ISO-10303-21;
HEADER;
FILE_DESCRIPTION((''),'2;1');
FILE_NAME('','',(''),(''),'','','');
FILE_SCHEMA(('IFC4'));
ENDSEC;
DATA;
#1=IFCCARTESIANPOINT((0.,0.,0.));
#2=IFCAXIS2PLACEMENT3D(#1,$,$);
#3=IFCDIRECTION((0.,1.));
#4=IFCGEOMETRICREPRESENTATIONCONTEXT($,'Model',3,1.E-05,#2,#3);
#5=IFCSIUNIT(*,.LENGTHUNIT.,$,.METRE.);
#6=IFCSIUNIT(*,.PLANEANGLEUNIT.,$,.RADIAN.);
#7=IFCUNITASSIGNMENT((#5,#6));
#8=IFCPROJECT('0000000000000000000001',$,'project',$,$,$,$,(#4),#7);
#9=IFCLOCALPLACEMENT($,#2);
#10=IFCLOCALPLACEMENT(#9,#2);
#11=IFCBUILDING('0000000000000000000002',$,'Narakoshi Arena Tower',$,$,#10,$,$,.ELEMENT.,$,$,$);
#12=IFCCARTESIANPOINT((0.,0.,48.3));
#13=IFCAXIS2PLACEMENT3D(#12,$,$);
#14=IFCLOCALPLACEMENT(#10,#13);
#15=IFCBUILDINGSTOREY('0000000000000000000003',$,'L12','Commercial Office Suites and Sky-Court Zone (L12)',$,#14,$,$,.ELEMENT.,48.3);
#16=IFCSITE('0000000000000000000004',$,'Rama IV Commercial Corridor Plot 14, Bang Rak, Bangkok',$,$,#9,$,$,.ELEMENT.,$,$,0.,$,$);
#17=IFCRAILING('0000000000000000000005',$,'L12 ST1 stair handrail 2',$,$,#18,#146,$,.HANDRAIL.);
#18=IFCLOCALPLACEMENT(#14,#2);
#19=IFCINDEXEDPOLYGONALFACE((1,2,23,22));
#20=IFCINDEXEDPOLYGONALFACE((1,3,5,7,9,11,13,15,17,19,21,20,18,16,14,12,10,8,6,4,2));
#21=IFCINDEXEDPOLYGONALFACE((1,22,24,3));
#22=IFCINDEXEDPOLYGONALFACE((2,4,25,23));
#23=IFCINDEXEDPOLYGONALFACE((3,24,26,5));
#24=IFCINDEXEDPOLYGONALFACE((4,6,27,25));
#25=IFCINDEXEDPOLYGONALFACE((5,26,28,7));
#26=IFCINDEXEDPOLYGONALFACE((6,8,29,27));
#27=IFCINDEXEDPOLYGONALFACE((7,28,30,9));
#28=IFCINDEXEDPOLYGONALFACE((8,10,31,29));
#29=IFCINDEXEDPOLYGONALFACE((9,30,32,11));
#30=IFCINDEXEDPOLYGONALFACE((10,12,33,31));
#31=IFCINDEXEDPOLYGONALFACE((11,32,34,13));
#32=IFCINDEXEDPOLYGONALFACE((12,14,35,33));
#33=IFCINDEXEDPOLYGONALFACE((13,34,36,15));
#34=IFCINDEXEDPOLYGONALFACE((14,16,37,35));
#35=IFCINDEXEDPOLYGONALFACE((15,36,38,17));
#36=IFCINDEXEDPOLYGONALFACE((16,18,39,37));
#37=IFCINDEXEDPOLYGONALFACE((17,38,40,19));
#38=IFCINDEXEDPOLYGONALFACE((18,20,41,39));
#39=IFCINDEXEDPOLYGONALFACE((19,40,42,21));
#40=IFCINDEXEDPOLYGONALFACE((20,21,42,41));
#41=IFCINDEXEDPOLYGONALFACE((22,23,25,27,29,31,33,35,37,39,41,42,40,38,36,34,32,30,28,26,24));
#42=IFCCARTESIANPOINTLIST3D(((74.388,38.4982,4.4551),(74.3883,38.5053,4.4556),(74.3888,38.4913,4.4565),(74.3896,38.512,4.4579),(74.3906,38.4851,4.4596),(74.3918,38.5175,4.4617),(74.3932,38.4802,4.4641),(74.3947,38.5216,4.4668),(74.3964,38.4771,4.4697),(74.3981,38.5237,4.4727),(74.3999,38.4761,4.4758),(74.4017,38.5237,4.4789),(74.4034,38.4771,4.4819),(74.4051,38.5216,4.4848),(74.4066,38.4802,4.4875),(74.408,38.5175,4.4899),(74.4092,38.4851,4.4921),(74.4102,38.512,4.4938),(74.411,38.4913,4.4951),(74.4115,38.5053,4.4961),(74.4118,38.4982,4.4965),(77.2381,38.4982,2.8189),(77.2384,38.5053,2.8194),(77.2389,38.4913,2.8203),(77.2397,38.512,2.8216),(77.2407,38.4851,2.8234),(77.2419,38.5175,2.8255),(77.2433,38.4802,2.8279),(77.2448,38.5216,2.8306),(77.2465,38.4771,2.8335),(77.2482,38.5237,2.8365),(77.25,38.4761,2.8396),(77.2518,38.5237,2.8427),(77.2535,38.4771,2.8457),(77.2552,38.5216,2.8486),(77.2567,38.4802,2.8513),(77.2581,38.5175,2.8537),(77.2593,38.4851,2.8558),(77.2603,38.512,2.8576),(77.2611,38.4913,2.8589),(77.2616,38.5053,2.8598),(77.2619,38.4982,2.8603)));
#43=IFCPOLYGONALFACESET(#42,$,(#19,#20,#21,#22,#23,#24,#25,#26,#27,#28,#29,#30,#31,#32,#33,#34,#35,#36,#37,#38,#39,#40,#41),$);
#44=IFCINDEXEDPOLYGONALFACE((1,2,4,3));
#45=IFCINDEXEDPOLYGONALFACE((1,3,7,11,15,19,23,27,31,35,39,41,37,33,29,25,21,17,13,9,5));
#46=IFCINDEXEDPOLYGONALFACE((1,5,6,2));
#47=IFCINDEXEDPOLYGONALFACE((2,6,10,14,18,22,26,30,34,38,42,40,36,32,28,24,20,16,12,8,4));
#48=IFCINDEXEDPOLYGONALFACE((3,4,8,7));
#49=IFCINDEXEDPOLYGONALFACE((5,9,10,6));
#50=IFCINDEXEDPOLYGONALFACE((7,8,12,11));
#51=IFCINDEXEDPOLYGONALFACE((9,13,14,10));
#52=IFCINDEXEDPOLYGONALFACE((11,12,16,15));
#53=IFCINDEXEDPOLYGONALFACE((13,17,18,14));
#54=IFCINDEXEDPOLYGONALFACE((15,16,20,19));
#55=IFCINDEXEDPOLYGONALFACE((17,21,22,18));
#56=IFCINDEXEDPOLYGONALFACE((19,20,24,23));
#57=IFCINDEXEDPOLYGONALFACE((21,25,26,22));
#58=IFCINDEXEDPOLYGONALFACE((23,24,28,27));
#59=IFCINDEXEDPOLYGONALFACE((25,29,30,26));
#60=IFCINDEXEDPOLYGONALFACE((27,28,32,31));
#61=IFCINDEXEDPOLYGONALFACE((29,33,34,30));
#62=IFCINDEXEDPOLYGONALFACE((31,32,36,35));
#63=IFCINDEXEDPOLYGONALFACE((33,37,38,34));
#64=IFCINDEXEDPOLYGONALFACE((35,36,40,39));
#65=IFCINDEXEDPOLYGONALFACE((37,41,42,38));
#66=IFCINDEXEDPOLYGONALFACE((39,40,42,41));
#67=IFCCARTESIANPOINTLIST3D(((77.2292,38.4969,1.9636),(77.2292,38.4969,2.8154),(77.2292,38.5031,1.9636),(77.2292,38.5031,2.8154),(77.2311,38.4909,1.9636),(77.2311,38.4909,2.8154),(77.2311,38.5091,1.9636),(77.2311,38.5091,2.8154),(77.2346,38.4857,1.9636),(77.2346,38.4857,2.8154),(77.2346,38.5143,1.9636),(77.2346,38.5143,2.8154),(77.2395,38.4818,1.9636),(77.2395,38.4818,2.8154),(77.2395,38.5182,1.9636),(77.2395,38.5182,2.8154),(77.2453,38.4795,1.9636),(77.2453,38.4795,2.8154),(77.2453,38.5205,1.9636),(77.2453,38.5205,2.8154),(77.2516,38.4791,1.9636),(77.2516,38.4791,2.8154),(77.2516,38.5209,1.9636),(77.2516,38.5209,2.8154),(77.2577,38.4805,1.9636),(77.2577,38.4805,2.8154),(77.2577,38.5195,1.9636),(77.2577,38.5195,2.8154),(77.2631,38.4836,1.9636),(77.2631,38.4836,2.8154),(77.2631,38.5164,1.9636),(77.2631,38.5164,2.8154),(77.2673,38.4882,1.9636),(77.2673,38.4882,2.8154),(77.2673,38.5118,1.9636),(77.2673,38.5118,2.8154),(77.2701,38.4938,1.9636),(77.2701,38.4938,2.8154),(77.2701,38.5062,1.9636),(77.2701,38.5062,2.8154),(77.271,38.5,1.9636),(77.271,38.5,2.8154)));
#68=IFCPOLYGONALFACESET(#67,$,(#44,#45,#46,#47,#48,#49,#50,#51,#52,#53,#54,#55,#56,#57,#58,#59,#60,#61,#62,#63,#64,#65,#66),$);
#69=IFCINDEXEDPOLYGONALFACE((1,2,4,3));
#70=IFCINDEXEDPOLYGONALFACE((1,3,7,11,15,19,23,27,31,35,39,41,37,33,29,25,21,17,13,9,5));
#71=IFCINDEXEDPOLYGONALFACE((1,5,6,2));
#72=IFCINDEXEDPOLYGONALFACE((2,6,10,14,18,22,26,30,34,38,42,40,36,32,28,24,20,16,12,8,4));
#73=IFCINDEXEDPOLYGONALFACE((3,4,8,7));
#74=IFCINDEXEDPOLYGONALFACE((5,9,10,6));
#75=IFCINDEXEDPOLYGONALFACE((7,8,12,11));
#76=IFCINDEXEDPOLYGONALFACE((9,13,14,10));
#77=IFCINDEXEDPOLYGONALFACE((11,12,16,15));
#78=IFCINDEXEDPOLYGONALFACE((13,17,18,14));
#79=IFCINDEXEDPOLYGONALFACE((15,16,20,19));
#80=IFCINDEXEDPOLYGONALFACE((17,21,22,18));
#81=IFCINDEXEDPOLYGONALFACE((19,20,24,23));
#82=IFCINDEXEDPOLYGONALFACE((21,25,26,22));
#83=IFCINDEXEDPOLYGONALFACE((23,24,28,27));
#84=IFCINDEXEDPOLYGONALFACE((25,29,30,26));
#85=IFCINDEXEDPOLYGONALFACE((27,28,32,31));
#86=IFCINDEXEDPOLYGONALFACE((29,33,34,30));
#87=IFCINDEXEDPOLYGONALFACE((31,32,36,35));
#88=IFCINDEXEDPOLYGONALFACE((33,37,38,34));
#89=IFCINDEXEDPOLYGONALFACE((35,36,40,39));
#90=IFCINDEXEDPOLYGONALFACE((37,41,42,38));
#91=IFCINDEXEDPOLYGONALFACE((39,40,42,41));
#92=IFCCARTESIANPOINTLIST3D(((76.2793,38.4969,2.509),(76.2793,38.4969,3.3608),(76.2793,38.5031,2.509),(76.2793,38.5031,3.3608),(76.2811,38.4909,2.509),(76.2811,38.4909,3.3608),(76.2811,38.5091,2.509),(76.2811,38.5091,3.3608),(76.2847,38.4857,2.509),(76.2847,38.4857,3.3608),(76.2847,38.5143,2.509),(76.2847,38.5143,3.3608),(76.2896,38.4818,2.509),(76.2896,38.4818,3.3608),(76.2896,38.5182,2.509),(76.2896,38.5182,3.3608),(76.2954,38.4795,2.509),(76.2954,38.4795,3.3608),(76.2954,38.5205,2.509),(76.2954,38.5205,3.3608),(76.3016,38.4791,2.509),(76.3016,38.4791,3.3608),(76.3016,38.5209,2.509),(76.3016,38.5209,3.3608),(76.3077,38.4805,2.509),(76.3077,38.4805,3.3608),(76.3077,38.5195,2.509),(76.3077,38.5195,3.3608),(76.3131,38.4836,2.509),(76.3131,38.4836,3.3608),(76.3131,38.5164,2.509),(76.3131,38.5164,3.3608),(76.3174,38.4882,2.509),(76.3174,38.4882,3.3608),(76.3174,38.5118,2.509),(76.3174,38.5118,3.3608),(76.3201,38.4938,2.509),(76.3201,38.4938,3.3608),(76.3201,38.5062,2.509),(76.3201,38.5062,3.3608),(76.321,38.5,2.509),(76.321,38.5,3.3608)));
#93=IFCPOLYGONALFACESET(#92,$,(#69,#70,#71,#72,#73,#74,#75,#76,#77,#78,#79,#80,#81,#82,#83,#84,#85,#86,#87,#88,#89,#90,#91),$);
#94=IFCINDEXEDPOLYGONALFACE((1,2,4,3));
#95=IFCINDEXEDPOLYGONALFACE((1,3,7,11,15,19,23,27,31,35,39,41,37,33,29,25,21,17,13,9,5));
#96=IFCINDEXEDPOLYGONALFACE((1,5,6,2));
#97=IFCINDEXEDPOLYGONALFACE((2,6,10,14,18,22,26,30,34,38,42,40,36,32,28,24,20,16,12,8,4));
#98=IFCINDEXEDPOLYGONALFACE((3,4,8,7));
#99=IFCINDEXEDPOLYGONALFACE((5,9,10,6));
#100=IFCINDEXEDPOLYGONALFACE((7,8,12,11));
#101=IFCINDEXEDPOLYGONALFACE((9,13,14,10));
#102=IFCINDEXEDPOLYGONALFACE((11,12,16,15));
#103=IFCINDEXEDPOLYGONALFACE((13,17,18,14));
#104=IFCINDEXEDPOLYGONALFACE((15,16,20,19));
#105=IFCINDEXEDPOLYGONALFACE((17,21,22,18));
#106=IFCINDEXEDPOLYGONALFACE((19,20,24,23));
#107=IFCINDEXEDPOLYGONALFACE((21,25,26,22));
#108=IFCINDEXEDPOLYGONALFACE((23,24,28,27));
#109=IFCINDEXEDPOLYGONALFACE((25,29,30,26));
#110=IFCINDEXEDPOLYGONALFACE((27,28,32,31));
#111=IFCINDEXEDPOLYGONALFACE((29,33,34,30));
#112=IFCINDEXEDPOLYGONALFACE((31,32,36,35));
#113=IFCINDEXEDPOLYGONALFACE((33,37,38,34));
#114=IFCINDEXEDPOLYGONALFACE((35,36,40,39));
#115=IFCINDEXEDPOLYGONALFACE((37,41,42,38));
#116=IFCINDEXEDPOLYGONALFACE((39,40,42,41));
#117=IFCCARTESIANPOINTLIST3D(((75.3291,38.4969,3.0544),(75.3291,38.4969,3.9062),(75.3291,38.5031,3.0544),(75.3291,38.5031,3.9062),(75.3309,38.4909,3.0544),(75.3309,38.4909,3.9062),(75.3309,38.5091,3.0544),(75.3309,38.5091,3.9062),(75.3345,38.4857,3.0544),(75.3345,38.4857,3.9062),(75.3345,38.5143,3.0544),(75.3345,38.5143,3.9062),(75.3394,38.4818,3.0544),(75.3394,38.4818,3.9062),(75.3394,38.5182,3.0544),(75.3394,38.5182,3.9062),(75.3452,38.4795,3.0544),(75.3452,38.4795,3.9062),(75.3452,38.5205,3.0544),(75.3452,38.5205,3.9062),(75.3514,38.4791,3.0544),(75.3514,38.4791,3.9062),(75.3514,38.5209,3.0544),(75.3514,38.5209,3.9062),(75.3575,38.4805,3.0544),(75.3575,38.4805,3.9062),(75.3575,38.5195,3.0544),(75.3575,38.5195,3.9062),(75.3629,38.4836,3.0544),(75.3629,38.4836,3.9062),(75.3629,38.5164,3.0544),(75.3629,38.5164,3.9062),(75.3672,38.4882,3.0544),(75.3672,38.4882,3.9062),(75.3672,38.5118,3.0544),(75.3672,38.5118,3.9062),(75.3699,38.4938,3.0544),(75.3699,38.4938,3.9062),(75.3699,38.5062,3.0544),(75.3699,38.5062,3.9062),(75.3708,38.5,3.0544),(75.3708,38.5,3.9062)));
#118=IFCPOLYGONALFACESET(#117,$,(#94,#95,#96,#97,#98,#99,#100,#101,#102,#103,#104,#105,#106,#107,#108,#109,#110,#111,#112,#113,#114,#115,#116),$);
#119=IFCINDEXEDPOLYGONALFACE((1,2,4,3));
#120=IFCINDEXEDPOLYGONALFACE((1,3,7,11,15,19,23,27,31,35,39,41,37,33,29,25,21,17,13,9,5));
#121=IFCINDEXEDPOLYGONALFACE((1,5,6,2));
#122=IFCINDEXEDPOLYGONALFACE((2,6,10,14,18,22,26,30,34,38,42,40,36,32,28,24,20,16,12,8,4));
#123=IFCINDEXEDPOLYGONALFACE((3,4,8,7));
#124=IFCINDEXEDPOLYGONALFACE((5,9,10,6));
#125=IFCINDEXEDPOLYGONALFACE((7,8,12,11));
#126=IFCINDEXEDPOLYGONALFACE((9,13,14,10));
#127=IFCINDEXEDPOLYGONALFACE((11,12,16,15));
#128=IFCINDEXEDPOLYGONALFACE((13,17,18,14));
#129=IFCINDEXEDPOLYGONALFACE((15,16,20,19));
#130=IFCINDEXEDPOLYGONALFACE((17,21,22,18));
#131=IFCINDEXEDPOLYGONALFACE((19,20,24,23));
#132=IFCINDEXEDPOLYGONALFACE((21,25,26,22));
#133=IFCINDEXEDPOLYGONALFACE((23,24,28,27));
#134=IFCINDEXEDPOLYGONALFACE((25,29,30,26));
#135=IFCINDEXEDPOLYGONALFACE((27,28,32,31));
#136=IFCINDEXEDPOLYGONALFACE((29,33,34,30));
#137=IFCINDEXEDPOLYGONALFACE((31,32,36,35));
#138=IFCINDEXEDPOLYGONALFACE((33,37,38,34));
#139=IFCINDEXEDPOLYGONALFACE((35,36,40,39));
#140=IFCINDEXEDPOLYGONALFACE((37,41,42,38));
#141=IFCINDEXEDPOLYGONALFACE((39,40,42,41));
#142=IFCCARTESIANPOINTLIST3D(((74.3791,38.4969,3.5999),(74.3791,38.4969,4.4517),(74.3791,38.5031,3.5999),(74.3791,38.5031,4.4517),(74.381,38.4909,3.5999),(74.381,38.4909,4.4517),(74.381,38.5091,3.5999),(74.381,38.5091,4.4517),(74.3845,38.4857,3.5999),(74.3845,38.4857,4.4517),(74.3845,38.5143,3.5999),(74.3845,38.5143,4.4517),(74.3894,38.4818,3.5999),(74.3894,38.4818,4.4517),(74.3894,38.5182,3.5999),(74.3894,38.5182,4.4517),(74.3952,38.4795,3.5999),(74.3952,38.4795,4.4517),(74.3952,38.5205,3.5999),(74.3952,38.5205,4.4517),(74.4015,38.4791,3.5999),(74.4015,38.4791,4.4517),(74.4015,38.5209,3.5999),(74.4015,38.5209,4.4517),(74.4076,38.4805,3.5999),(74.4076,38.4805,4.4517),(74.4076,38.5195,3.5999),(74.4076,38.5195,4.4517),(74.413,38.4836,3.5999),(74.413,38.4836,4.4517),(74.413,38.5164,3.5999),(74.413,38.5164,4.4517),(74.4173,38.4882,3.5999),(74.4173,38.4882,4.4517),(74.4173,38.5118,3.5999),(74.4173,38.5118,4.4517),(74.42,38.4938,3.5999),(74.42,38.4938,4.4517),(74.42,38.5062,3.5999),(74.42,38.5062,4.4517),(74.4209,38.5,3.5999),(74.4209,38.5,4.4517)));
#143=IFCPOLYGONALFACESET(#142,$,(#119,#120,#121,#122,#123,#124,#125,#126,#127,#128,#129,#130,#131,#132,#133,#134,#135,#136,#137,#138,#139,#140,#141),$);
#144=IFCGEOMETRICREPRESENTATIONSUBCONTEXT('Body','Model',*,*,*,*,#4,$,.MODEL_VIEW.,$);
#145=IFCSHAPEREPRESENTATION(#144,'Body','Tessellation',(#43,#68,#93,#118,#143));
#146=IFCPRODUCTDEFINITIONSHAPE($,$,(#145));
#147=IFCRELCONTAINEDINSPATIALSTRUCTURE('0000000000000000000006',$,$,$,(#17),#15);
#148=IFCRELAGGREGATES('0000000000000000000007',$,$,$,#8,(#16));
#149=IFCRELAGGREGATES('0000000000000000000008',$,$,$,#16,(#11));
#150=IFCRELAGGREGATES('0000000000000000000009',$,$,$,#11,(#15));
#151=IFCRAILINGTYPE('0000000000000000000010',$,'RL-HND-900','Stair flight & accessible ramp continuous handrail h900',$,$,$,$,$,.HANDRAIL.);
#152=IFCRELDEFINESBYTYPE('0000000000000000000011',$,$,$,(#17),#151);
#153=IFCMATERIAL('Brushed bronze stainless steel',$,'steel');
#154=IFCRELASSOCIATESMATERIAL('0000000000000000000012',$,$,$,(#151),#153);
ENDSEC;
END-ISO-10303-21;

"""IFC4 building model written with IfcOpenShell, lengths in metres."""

from ifc_helpers import new_model, si_unit, direction, frame, origin, origin_2d, place, context, subcontext, project, spatial, circle, extrude, material, type_object, element, save


model = new_model("IFC4")

# Units and contexts
model_context = context("Model", 3, precision=1e-05, world=origin(), true_north=direction((0.0, 1.0)))
body_context = subcontext(model_context, "Body", "Model", "MODEL_VIEW")
ifc_project = project(units=[si_unit("LENGTHUNIT", "METRE"), si_unit("PLANEANGLEUNIT", "RADIAN")], contexts=[model_context])

# Site, building, storey
site_placement = place(None, origin())
site = spatial("IfcSite", under=ifc_project, at=site_placement, Name="Rama IV Commercial Corridor Plot 14, Bang Rak, Bangkok", CompositionType="ELEMENT", RefElevation=0.0)
building_placement = place(site_placement, origin())
building = spatial("IfcBuilding", under=site, at=building_placement, Name="Narakoshi Arena Tower", CompositionType="ELEMENT")
storey_placement = place(building_placement, frame((0.0, 0.0, 48.3)))
storey = spatial("IfcBuildingStorey", under=building, at=storey_placement, Name="L12", Description="Commercial Office Suites and Sky-Court Zone (L12)", CompositionType="ELEMENT", Elevation=48.3)

# Shared definitions
ifc_material_1 = material(Name="Brushed bronze stainless steel", Category="steel")

# Railing
railing_type_1 = type_object("IfcRailingType", Name="RL-HND-900", Description="Stair flight & accessible ramp continuous handrail h900", PredefinedType="HANDRAIL", material=ifc_material_1)
railing_1_placement = place(storey_placement, frame((77.25, 38.5, 1.9636)))
element("IfcRailing", 1, at=railing_1_placement, inside=storey, type_object=railing_type_1, Name="L12 ST1 stair handrail 2", PredefinedType="HANDRAIL", context=body_context, shape_type="SweptSolid", body=[
    extrude(circle(Radius=0.0239, at=origin_2d()), frame((0.0, 0.0, 0.876), z_axis=(-0.867245, 0.0, 0.497882), x_axis=(0.0, -1.0, 0.0)), (0.0, 0.0, 1.0), 3.2864),
    extrude(circle(Radius=0.021, at=origin_2d()), origin(), (0.0, 0.0, 1.0), 0.8518),
    extrude(circle(Radius=0.021, at=origin_2d()), frame((-0.95, 0.0, 0.5454)), (0.0, 0.0, 1.0), 0.8518),
    extrude(circle(Radius=0.021, at=origin_2d()), frame((-1.9001, 0.0, 1.0908)), (0.0, 0.0, 1.0), 0.8518),
    extrude(circle(Radius=0.021, at=origin_2d()), frame((-2.8501, 0.0, 1.6362)), (0.0, 0.0, 1.0), 0.8518),
])

save(model, "model.ifc")
